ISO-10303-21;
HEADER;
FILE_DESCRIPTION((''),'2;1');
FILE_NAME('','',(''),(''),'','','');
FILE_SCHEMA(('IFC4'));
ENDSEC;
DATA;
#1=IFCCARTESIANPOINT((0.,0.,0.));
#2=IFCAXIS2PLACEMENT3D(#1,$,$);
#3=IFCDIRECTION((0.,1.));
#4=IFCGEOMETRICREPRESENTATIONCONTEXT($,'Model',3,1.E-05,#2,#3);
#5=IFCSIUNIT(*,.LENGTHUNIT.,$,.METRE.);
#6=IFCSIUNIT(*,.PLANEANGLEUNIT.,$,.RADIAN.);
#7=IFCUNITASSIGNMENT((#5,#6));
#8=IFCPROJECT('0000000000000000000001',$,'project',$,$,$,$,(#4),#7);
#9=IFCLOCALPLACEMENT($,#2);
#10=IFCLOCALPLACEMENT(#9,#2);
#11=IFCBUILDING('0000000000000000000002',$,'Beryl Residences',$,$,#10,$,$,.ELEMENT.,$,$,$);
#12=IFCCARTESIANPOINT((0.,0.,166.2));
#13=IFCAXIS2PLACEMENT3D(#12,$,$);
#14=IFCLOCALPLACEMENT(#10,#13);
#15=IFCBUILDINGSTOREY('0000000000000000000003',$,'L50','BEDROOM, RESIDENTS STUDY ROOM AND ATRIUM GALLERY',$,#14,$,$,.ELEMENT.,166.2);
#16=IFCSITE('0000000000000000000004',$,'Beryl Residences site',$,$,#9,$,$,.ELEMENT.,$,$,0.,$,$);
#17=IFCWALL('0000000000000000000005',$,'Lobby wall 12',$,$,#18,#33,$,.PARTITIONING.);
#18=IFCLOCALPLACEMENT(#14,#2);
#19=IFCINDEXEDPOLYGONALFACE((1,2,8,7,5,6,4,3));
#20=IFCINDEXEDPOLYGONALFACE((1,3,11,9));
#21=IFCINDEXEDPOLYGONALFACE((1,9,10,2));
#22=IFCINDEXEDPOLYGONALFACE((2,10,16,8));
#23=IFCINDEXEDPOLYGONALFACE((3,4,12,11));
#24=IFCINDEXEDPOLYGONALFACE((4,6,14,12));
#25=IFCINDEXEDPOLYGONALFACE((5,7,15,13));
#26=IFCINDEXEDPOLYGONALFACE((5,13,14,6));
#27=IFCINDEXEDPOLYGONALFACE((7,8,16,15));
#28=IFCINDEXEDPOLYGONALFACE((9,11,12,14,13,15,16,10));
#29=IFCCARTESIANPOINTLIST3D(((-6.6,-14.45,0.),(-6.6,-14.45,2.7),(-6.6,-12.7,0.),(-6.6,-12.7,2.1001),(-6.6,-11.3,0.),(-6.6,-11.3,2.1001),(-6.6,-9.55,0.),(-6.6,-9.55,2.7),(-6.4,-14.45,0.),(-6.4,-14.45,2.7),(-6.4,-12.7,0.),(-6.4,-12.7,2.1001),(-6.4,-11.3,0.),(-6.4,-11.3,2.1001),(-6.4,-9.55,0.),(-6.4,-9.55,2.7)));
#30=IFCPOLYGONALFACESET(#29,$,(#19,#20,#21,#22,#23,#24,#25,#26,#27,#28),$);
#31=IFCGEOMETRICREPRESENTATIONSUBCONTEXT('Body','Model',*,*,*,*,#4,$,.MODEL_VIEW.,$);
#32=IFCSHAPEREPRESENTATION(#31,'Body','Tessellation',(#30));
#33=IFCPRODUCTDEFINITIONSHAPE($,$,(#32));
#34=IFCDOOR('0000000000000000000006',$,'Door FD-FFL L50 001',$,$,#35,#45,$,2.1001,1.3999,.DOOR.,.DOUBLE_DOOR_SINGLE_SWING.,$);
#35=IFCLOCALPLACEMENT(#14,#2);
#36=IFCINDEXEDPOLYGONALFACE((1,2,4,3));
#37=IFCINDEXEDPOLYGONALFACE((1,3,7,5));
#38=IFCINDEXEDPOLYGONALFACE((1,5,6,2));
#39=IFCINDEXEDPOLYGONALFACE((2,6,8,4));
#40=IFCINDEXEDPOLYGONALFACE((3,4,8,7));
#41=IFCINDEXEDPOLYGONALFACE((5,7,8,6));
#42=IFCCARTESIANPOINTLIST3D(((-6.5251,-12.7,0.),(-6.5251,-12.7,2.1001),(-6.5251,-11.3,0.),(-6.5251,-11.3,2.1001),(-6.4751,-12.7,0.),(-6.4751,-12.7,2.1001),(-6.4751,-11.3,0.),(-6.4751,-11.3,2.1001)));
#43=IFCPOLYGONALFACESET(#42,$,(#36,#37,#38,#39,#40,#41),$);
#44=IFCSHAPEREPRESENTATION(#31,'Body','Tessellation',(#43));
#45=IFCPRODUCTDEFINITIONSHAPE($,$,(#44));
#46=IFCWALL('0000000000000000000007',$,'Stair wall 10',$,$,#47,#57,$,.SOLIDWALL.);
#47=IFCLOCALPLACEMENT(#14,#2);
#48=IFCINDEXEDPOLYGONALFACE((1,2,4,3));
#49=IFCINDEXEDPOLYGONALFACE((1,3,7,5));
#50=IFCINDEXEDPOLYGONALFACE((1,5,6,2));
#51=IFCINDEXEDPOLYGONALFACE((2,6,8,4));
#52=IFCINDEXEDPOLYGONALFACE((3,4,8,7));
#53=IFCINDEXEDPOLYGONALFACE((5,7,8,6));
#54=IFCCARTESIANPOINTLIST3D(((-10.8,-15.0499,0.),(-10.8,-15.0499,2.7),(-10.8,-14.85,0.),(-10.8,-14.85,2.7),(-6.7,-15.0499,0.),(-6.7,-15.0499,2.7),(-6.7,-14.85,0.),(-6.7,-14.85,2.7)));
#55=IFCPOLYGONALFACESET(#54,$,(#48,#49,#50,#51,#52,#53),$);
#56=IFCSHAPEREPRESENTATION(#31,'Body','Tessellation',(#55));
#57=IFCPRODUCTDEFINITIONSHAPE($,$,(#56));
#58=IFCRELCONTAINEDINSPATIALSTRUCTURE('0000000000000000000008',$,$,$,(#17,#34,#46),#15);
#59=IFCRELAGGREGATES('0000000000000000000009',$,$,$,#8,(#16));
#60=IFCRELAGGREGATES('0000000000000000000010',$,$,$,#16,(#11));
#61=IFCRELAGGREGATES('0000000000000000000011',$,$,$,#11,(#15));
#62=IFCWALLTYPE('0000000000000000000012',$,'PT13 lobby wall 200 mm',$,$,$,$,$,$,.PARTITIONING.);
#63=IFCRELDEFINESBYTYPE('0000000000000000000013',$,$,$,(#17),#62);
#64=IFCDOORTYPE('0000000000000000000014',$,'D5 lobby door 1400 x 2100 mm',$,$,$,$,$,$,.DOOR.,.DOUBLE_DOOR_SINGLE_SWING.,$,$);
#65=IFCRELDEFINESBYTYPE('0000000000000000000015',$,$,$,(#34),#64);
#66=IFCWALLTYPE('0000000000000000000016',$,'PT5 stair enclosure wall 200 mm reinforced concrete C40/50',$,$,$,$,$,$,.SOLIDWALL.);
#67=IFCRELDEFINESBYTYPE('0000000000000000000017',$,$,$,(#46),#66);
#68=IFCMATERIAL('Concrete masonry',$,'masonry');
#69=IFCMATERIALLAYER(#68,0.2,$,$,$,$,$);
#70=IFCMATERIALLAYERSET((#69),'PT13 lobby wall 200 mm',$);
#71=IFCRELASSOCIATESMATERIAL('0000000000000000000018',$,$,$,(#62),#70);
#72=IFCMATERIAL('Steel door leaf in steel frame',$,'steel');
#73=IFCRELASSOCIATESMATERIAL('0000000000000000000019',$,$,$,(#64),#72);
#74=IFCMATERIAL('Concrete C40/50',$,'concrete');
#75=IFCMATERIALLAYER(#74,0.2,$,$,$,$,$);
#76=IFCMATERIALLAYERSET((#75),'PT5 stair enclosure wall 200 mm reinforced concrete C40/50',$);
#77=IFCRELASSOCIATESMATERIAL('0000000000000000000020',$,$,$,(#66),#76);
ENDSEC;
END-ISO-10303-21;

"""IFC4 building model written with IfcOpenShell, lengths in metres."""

from ifc_helpers import new_model, si_unit, direction, frame, frame_2d, origin, place, context, subcontext, project, spatial, rectangle, extrude, material, layer, layer_set, type_object, element, fill, save


model = new_model("IFC4")

# Units and contexts
model_context = context("Model", 3, precision=1e-05, world=origin(), true_north=direction((0.0, 1.0)))
body_context = subcontext(model_context, "Body", "Model", "MODEL_VIEW")
ifc_project = project(units=[si_unit("LENGTHUNIT", "METRE"), si_unit("PLANEANGLEUNIT", "RADIAN")], contexts=[model_context])

# Site, building, storey
site_placement = place(None, origin())
site = spatial("IfcSite", under=ifc_project, at=site_placement, Name="Beryl Residences site", CompositionType="ELEMENT", RefElevation=0.0)
building_placement = place(site_placement, origin())
building = spatial("IfcBuilding", under=site, at=building_placement, Name="Beryl Residences", CompositionType="ELEMENT")
storey_placement = place(building_placement, frame((0.0, 0.0, 166.2)))
storey = spatial("IfcBuildingStorey", under=building, at=storey_placement, Name="L50", Description="BEDROOM, RESIDENTS STUDY ROOM AND ATRIUM GALLERY", CompositionType="ELEMENT", Elevation=166.2)

# Wall, opening, door
ifc_material_1 = material(Name="Concrete masonry", Category="masonry")
ifc_layer_1 = layer(ifc_material_1, 0.2)
ifc_layer_set_1 = layer_set([ifc_layer_1], Name="PT13 lobby wall 200 mm")
wall_type_1 = type_object("IfcWallType", Name="PT13 lobby wall 200 mm", PredefinedType="PARTITIONING", material=ifc_layer_set_1)
wall_1_placement = place(storey_placement, frame((-6.5, -14.45, 0.0), z_axis=(0.0, 0.0, 1.0), x_axis=(0.0, 1.0, 0.0)))
wall_1 = element("IfcWall", 1, at=wall_1_placement, inside=storey, type_object=wall_type_1, Name="Lobby wall 12", PredefinedType="PARTITIONING", context=body_context, shape_type="SweptSolid", body=[
    extrude(rectangle(XDim=4.8999, YDim=0.2, at=frame_2d((2.45, 0.0))), origin(), (0.0, 0.0, 1.0), 2.7),
])
opening_1_placement = place(wall_1_placement, frame((3.1499, 0.0, 0.0), z_axis=(0.0, 0.0, 1.0), x_axis=(-1.0, 0.0, 0.0)))
opening_1 = element("IfcOpeningElement", 2, at=opening_1_placement, cuts=wall_1, PredefinedType="OPENING", context=body_context, shape_type="SweptSolid", body=[
    extrude(rectangle(XDim=1.3999, YDim=2.1001, at=frame_2d((0.7, 1.05))), frame((0.0, 0.1099, 0.0), z_axis=(0.0, -1.0, 0.0), x_axis=(1.0, 0.0, 0.0)), (0.0, 0.0, 1.0), 0.22),
])
ifc_material_2 = material(Name="Steel door leaf in steel frame", Category="steel")
door_type_1 = type_object("IfcDoorType", Name="D5 lobby door 1400 x 2100 mm", OperationType="DOUBLE_DOOR_SINGLE_SWING", PredefinedType="DOOR", material=ifc_material_2)
door_1_placement = place(opening_1_placement, origin())
door_1 = element("IfcDoor", 3, at=door_1_placement, inside=storey, type_object=door_type_1, Name="Door FD-FFL L50 001", OperationType="DOUBLE_DOOR_SINGLE_SWING", OverallHeight=2.1001, OverallWidth=1.3999, PredefinedType="DOOR", context=body_context, shape_type="SweptSolid", body=[
    extrude(rectangle(XDim=1.3999, YDim=2.1001, at=frame_2d((0.7, 1.05))), frame((0.0, 0.0249, 0.0), z_axis=(0.0, -1.0, 0.0), x_axis=(1.0, 0.0, 0.0)), (0.0, 0.0, 1.0), 0.05),
])
fill(opening_1, door_1)

# Wall
ifc_material_3 = material(Name="Concrete C40/50", Category="concrete")
ifc_layer_2 = layer(ifc_material_3, 0.2)
ifc_layer_set_2 = layer_set([ifc_layer_2], Name="PT5 stair enclosure wall 200 mm reinforced concrete C40/50")
wall_type_2 = type_object("IfcWallType", Name="PT5 stair enclosure wall 200 mm reinforced concrete C40/50", PredefinedType="SOLIDWALL", material=ifc_layer_set_2)
wall_2_placement = place(storey_placement, frame((-10.8, -14.95, 0.0), z_axis=(0.0, 0.0, 1.0), x_axis=(1.0, 0.0, 0.0)))
element("IfcWall", 4, at=wall_2_placement, inside=storey, type_object=wall_type_2, Name="Stair wall 10", PredefinedType="SOLIDWALL", context=body_context, shape_type="SweptSolid", body=[
    extrude(rectangle(XDim=4.1001, YDim=0.2, at=frame_2d((2.05, 0.0))), origin(), (0.0, 0.0, 1.0), 2.7),
])

save(model, "model.ifc")
